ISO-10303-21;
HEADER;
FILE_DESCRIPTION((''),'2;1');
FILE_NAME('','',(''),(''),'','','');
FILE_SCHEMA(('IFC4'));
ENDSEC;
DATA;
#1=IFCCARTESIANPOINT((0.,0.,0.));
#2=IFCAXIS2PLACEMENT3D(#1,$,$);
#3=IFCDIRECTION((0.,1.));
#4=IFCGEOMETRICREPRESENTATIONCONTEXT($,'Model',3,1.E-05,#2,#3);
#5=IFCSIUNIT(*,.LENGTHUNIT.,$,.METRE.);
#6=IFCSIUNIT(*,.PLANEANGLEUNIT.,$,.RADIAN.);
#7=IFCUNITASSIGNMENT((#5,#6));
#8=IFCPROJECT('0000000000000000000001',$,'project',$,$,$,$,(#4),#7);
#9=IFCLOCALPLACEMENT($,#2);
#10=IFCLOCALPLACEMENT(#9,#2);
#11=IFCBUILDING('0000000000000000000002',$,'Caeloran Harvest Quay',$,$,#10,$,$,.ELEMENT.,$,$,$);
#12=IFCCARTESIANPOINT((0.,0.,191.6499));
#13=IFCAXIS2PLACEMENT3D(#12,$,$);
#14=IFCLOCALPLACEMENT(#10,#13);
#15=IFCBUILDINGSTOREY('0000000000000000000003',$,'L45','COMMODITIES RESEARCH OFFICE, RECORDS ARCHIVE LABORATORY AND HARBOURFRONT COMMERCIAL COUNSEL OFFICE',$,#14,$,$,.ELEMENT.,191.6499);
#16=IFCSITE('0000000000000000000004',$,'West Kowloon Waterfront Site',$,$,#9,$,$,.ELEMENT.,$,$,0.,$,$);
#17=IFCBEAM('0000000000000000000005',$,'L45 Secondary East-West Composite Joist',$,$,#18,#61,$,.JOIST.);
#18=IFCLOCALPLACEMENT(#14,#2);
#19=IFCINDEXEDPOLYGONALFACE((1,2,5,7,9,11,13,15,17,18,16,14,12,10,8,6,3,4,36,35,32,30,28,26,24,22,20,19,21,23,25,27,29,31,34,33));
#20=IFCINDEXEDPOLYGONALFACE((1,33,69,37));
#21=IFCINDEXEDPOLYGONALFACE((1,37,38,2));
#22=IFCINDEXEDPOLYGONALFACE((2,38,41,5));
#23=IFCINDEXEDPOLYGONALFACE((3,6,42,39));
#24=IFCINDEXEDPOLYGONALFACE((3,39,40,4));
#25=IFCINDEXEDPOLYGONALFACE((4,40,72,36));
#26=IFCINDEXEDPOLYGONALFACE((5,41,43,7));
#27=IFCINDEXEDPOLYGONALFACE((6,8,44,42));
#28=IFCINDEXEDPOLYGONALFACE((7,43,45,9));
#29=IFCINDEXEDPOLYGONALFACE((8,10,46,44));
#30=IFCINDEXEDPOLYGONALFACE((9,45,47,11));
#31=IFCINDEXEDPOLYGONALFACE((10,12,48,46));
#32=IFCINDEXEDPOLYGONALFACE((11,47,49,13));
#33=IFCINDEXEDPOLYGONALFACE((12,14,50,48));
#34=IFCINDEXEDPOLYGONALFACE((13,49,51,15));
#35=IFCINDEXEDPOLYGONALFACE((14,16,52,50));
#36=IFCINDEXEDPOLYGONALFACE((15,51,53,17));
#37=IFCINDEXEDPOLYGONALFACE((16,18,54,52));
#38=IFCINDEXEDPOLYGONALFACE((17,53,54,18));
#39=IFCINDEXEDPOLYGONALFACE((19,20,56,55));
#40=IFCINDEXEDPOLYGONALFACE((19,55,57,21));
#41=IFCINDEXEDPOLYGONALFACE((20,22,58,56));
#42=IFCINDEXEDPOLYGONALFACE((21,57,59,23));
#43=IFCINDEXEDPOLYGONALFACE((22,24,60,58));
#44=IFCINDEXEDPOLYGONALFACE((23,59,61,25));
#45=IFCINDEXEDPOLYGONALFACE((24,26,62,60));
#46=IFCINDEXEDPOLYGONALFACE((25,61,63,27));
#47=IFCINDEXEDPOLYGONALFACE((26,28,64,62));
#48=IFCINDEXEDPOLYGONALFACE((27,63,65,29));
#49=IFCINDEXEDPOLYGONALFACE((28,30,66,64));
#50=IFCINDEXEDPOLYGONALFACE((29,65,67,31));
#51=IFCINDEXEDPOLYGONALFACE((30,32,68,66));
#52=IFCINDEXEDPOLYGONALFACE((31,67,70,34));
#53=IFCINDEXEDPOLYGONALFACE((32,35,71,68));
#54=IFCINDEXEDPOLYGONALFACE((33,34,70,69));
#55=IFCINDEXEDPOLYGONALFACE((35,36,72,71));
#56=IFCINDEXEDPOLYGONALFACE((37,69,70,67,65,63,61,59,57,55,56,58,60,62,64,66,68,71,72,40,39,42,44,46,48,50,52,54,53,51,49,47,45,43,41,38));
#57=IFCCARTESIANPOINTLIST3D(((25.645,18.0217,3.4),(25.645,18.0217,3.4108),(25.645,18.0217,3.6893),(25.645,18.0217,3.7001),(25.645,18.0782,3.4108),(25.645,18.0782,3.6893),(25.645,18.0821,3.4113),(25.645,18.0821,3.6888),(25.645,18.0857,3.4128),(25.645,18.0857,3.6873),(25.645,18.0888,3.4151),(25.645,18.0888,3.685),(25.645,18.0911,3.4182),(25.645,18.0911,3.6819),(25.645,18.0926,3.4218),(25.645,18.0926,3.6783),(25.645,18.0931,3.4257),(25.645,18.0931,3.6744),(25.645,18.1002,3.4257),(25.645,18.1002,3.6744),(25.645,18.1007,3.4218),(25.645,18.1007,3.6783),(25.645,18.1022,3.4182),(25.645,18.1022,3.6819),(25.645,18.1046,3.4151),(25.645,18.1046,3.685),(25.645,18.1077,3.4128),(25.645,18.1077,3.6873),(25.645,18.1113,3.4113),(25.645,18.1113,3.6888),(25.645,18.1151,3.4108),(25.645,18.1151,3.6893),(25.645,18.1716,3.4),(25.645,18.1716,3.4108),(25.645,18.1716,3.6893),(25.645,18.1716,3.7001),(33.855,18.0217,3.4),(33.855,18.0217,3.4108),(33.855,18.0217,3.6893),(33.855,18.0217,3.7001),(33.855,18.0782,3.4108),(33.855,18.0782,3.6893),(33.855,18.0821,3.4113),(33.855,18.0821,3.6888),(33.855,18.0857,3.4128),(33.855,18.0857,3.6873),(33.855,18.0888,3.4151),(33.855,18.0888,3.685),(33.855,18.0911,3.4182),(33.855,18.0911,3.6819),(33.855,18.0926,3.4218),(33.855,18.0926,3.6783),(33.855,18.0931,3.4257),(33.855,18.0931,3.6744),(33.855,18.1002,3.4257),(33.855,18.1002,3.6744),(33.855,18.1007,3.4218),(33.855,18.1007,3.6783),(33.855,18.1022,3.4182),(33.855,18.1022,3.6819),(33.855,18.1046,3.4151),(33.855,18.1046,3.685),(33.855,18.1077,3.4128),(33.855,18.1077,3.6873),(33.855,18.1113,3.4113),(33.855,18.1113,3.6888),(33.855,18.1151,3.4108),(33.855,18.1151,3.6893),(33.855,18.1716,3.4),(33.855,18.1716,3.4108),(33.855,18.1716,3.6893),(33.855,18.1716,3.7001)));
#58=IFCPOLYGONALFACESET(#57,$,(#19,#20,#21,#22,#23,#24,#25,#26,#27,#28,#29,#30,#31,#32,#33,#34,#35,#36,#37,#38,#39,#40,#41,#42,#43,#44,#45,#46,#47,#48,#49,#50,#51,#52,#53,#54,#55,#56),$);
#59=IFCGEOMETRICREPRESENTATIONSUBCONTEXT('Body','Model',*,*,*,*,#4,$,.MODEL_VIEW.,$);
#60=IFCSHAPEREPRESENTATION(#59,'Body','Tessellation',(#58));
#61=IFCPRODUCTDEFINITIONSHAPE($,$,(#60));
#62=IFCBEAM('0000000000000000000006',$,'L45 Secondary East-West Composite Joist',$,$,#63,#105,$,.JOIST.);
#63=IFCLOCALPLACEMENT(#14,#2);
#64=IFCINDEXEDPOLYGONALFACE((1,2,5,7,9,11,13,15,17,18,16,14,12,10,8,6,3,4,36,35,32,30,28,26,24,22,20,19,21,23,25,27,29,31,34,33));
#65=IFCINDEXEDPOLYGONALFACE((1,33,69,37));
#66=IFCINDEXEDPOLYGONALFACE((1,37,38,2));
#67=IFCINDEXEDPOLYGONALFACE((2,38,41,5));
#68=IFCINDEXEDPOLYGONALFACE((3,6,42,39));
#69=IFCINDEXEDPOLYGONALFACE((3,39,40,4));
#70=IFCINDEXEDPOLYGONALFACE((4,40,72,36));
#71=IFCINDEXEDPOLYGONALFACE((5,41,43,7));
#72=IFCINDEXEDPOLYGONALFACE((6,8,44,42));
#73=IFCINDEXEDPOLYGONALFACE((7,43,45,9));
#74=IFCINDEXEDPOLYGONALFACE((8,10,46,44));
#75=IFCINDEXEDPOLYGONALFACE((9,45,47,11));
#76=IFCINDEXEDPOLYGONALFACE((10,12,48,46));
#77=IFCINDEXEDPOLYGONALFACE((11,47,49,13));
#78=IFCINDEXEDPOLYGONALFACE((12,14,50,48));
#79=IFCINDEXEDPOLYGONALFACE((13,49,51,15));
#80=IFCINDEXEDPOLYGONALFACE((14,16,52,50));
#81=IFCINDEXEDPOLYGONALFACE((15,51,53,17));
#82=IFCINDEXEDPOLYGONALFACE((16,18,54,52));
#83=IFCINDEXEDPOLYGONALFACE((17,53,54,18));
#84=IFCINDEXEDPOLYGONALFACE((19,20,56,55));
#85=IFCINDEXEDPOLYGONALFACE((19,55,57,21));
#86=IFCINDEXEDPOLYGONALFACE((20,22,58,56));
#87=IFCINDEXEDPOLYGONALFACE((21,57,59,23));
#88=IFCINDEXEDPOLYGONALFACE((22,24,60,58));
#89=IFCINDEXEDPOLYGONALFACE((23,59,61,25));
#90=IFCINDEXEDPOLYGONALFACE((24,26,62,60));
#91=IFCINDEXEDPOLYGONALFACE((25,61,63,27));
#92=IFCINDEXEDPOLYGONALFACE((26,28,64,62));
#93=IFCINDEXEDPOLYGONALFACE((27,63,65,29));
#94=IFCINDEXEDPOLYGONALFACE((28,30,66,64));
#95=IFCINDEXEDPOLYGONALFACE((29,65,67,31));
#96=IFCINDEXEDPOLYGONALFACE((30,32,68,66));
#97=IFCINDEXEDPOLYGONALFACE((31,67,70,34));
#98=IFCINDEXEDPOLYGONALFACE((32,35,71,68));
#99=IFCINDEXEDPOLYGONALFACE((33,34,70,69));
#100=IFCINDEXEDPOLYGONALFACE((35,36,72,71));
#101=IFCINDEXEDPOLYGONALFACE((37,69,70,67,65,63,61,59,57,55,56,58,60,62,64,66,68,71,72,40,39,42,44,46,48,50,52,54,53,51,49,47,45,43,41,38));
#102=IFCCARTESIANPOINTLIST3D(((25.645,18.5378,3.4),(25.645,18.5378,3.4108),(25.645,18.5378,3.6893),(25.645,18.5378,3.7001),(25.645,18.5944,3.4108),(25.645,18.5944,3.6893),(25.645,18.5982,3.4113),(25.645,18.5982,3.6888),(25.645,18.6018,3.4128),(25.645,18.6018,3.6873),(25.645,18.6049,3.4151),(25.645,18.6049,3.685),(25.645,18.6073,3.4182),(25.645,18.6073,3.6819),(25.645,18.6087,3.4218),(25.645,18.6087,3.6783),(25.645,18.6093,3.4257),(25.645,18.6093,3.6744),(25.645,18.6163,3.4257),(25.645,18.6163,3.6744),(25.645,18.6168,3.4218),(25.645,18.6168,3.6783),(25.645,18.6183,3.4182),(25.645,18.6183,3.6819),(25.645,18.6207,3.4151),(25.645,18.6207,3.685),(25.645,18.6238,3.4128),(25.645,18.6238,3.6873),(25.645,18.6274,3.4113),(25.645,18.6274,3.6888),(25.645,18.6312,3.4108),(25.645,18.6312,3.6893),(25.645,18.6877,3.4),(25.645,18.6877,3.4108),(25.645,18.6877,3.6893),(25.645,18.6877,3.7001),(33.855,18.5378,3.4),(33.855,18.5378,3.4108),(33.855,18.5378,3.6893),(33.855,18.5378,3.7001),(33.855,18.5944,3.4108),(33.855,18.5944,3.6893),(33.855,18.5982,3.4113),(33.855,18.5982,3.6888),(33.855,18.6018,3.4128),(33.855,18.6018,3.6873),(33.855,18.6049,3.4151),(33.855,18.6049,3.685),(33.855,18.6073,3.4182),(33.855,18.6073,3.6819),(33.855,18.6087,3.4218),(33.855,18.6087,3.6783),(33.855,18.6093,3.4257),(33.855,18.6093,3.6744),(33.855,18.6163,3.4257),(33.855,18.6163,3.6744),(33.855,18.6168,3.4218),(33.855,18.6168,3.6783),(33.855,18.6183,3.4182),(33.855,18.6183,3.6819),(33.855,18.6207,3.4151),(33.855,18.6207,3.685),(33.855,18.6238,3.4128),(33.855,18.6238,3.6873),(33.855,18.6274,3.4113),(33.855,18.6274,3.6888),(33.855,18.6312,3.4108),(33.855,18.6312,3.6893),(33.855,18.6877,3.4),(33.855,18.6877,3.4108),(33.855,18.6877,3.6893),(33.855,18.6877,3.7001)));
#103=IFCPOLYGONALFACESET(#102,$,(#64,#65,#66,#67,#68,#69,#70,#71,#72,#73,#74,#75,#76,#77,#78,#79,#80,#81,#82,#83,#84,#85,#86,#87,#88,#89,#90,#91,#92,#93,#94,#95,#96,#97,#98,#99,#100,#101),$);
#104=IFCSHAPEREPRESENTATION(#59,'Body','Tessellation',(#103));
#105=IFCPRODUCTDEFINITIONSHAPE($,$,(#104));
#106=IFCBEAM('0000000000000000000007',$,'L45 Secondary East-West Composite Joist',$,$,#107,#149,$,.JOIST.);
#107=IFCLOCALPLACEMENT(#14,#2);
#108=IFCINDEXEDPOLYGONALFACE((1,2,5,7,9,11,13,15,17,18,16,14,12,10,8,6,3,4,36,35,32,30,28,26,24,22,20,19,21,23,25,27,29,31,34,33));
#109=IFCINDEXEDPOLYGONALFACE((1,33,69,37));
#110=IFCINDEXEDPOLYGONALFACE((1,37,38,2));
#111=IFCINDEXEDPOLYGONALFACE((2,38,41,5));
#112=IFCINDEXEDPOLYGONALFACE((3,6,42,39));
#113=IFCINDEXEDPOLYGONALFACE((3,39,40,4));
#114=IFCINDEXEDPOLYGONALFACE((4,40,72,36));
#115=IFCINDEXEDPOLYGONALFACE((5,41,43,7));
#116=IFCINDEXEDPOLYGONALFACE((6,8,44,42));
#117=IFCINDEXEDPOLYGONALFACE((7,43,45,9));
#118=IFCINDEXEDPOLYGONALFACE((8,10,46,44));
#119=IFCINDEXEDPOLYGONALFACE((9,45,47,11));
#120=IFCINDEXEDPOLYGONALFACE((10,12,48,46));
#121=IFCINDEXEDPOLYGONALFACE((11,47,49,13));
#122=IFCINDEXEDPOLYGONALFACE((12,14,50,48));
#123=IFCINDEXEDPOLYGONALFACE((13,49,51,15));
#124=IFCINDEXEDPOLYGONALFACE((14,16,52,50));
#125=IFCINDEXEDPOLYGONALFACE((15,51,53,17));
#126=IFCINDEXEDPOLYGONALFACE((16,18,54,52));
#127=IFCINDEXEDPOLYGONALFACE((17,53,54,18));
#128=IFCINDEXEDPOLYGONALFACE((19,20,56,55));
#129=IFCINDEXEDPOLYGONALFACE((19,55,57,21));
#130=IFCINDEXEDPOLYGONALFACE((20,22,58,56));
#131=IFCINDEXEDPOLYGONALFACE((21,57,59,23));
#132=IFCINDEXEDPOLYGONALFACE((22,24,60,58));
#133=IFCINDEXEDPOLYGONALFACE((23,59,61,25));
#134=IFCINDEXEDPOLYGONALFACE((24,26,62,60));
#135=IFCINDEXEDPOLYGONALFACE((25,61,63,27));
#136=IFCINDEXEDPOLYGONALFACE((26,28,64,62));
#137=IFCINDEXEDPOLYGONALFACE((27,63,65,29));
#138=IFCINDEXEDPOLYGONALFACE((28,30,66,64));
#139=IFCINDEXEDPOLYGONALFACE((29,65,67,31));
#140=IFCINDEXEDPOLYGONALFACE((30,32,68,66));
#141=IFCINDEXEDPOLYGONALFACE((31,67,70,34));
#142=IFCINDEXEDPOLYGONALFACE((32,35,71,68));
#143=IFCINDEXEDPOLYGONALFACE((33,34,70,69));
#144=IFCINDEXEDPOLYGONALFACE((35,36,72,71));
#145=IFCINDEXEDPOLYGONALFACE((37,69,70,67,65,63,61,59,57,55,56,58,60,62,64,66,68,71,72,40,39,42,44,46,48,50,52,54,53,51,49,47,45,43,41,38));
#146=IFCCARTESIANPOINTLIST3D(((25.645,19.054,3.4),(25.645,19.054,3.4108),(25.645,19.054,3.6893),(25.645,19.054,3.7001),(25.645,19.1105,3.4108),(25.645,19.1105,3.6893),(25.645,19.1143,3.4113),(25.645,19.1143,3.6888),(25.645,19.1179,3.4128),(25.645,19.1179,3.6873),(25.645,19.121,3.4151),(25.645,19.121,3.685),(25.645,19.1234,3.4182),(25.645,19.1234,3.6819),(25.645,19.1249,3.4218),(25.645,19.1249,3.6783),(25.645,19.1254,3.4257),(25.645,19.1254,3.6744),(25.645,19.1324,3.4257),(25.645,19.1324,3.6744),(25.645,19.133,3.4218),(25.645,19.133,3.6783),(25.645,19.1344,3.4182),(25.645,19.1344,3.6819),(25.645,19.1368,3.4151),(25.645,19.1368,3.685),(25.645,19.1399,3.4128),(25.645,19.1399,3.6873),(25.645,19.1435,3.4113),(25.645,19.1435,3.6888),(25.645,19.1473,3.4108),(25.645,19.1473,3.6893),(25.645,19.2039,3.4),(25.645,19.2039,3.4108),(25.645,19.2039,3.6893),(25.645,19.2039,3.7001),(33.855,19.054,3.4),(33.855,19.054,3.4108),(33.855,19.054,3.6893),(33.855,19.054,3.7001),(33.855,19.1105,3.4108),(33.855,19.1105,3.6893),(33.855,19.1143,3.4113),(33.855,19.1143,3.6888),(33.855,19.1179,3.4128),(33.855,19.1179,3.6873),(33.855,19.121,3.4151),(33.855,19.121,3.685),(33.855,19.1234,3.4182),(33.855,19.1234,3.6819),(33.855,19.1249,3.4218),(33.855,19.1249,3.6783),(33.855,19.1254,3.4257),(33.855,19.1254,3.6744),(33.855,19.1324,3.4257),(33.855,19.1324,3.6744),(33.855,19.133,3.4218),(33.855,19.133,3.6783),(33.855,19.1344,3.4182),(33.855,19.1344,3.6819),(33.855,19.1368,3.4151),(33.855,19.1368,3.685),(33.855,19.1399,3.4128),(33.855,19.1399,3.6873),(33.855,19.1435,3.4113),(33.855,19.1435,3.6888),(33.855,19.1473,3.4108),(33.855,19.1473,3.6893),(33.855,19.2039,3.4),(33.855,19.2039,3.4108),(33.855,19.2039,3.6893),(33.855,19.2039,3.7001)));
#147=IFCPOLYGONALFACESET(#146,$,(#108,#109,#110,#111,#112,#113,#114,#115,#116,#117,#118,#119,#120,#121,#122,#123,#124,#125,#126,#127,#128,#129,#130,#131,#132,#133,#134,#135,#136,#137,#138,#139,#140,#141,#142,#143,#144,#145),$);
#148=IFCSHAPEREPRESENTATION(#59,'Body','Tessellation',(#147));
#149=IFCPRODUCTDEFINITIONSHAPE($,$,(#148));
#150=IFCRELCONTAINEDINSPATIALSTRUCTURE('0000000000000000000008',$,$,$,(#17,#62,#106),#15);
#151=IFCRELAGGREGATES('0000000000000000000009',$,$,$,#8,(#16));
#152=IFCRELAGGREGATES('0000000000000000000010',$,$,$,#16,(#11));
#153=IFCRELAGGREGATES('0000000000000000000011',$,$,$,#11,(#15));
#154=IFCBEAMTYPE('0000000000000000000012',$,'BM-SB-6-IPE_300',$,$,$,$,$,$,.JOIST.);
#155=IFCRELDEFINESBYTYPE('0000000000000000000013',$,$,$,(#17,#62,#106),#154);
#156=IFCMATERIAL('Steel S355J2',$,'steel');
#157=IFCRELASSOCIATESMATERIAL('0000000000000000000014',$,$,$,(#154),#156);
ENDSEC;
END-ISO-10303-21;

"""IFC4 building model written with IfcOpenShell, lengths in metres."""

from ifc_helpers import new_model, si_unit, direction, frame, origin, origin_2d, place, context, subcontext, project, spatial, i_section, extrude, material, material_profile, profile_set, type_object, element, save


model = new_model("IFC4")

# Units and contexts
model_context = context("Model", 3, precision=1e-05, world=origin(), true_north=direction((0.0, 1.0)))
body_context = subcontext(model_context, "Body", "Model", "MODEL_VIEW")
ifc_project = project(units=[si_unit("LENGTHUNIT", "METRE"), si_unit("PLANEANGLEUNIT", "RADIAN")], contexts=[model_context])

# Site, building, storey
site_placement = place(None, origin())
site = spatial("IfcSite", under=ifc_project, at=site_placement, Name="West Kowloon Waterfront Site", CompositionType="ELEMENT", RefElevation=0.0)
building_placement = place(site_placement, origin())
building = spatial("IfcBuilding", under=site, at=building_placement, Name="Caeloran Harvest Quay", CompositionType="ELEMENT")
storey_placement = place(building_placement, frame((0.0, 0.0, 191.6499)))
storey = spatial("IfcBuildingStorey", under=building, at=storey_placement, Name="L45", Description="COMMODITIES RESEARCH OFFICE, RECORDS ARCHIVE LABORATORY AND HARBOURFRONT COMMERCIAL COUNSEL OFFICE", CompositionType="ELEMENT", Elevation=191.6499)

# Beams
ifc_material_1 = material(Name="Steel S355J2", Category="steel")
ifc_material_profile_1 = material_profile(ifc_material_1, i_section(OverallWidth=0.1499, OverallDepth=0.3, WebThickness=0.0071, FlangeThickness=0.0107, FilletRadius=0.0149, at=origin_2d()), Name="IPE 300")
ifc_profile_set_1 = profile_set([ifc_material_profile_1], Name="Steel S355J2")
beam_type_1 = type_object("IfcBeamType", Name="BM-SB-6-IPE_300", PredefinedType="JOIST", material=ifc_profile_set_1)
for number, where, z_axis, x_axis, name in (
    (1, (25.645, 18.0967, 3.55), (1.0, 0.0, 0.0), (0.0, 1.0, 0.0), "L45 Secondary East-West Composite Joist"),
    (2, (25.645, 18.6128, 3.55), (1.0, 0.0, 0.0), (0.0, 1.0, 0.0), "L45 Secondary East-West Composite Joist"),
    (3, (25.645, 19.1289, 3.55), (1.0, 0.0, 0.0), (0.0, 1.0, 0.0), "L45 Secondary East-West Composite Joist"),
):
    element("IfcBeam", number, at=place(storey_placement, frame(where, z_axis=z_axis, x_axis=x_axis)), inside=storey, type_object=beam_type_1, Name=name, PredefinedType="JOIST", context=body_context, shape_type="SweptSolid", body=[
        extrude(i_section(OverallWidth=0.1499, OverallDepth=0.3, WebThickness=0.0071, FlangeThickness=0.0107, FilletRadius=0.0149, at=origin_2d()), origin(), (0.0, 0.0, 1.0), 8.21),
    ])

save(model, "model.ifc")
